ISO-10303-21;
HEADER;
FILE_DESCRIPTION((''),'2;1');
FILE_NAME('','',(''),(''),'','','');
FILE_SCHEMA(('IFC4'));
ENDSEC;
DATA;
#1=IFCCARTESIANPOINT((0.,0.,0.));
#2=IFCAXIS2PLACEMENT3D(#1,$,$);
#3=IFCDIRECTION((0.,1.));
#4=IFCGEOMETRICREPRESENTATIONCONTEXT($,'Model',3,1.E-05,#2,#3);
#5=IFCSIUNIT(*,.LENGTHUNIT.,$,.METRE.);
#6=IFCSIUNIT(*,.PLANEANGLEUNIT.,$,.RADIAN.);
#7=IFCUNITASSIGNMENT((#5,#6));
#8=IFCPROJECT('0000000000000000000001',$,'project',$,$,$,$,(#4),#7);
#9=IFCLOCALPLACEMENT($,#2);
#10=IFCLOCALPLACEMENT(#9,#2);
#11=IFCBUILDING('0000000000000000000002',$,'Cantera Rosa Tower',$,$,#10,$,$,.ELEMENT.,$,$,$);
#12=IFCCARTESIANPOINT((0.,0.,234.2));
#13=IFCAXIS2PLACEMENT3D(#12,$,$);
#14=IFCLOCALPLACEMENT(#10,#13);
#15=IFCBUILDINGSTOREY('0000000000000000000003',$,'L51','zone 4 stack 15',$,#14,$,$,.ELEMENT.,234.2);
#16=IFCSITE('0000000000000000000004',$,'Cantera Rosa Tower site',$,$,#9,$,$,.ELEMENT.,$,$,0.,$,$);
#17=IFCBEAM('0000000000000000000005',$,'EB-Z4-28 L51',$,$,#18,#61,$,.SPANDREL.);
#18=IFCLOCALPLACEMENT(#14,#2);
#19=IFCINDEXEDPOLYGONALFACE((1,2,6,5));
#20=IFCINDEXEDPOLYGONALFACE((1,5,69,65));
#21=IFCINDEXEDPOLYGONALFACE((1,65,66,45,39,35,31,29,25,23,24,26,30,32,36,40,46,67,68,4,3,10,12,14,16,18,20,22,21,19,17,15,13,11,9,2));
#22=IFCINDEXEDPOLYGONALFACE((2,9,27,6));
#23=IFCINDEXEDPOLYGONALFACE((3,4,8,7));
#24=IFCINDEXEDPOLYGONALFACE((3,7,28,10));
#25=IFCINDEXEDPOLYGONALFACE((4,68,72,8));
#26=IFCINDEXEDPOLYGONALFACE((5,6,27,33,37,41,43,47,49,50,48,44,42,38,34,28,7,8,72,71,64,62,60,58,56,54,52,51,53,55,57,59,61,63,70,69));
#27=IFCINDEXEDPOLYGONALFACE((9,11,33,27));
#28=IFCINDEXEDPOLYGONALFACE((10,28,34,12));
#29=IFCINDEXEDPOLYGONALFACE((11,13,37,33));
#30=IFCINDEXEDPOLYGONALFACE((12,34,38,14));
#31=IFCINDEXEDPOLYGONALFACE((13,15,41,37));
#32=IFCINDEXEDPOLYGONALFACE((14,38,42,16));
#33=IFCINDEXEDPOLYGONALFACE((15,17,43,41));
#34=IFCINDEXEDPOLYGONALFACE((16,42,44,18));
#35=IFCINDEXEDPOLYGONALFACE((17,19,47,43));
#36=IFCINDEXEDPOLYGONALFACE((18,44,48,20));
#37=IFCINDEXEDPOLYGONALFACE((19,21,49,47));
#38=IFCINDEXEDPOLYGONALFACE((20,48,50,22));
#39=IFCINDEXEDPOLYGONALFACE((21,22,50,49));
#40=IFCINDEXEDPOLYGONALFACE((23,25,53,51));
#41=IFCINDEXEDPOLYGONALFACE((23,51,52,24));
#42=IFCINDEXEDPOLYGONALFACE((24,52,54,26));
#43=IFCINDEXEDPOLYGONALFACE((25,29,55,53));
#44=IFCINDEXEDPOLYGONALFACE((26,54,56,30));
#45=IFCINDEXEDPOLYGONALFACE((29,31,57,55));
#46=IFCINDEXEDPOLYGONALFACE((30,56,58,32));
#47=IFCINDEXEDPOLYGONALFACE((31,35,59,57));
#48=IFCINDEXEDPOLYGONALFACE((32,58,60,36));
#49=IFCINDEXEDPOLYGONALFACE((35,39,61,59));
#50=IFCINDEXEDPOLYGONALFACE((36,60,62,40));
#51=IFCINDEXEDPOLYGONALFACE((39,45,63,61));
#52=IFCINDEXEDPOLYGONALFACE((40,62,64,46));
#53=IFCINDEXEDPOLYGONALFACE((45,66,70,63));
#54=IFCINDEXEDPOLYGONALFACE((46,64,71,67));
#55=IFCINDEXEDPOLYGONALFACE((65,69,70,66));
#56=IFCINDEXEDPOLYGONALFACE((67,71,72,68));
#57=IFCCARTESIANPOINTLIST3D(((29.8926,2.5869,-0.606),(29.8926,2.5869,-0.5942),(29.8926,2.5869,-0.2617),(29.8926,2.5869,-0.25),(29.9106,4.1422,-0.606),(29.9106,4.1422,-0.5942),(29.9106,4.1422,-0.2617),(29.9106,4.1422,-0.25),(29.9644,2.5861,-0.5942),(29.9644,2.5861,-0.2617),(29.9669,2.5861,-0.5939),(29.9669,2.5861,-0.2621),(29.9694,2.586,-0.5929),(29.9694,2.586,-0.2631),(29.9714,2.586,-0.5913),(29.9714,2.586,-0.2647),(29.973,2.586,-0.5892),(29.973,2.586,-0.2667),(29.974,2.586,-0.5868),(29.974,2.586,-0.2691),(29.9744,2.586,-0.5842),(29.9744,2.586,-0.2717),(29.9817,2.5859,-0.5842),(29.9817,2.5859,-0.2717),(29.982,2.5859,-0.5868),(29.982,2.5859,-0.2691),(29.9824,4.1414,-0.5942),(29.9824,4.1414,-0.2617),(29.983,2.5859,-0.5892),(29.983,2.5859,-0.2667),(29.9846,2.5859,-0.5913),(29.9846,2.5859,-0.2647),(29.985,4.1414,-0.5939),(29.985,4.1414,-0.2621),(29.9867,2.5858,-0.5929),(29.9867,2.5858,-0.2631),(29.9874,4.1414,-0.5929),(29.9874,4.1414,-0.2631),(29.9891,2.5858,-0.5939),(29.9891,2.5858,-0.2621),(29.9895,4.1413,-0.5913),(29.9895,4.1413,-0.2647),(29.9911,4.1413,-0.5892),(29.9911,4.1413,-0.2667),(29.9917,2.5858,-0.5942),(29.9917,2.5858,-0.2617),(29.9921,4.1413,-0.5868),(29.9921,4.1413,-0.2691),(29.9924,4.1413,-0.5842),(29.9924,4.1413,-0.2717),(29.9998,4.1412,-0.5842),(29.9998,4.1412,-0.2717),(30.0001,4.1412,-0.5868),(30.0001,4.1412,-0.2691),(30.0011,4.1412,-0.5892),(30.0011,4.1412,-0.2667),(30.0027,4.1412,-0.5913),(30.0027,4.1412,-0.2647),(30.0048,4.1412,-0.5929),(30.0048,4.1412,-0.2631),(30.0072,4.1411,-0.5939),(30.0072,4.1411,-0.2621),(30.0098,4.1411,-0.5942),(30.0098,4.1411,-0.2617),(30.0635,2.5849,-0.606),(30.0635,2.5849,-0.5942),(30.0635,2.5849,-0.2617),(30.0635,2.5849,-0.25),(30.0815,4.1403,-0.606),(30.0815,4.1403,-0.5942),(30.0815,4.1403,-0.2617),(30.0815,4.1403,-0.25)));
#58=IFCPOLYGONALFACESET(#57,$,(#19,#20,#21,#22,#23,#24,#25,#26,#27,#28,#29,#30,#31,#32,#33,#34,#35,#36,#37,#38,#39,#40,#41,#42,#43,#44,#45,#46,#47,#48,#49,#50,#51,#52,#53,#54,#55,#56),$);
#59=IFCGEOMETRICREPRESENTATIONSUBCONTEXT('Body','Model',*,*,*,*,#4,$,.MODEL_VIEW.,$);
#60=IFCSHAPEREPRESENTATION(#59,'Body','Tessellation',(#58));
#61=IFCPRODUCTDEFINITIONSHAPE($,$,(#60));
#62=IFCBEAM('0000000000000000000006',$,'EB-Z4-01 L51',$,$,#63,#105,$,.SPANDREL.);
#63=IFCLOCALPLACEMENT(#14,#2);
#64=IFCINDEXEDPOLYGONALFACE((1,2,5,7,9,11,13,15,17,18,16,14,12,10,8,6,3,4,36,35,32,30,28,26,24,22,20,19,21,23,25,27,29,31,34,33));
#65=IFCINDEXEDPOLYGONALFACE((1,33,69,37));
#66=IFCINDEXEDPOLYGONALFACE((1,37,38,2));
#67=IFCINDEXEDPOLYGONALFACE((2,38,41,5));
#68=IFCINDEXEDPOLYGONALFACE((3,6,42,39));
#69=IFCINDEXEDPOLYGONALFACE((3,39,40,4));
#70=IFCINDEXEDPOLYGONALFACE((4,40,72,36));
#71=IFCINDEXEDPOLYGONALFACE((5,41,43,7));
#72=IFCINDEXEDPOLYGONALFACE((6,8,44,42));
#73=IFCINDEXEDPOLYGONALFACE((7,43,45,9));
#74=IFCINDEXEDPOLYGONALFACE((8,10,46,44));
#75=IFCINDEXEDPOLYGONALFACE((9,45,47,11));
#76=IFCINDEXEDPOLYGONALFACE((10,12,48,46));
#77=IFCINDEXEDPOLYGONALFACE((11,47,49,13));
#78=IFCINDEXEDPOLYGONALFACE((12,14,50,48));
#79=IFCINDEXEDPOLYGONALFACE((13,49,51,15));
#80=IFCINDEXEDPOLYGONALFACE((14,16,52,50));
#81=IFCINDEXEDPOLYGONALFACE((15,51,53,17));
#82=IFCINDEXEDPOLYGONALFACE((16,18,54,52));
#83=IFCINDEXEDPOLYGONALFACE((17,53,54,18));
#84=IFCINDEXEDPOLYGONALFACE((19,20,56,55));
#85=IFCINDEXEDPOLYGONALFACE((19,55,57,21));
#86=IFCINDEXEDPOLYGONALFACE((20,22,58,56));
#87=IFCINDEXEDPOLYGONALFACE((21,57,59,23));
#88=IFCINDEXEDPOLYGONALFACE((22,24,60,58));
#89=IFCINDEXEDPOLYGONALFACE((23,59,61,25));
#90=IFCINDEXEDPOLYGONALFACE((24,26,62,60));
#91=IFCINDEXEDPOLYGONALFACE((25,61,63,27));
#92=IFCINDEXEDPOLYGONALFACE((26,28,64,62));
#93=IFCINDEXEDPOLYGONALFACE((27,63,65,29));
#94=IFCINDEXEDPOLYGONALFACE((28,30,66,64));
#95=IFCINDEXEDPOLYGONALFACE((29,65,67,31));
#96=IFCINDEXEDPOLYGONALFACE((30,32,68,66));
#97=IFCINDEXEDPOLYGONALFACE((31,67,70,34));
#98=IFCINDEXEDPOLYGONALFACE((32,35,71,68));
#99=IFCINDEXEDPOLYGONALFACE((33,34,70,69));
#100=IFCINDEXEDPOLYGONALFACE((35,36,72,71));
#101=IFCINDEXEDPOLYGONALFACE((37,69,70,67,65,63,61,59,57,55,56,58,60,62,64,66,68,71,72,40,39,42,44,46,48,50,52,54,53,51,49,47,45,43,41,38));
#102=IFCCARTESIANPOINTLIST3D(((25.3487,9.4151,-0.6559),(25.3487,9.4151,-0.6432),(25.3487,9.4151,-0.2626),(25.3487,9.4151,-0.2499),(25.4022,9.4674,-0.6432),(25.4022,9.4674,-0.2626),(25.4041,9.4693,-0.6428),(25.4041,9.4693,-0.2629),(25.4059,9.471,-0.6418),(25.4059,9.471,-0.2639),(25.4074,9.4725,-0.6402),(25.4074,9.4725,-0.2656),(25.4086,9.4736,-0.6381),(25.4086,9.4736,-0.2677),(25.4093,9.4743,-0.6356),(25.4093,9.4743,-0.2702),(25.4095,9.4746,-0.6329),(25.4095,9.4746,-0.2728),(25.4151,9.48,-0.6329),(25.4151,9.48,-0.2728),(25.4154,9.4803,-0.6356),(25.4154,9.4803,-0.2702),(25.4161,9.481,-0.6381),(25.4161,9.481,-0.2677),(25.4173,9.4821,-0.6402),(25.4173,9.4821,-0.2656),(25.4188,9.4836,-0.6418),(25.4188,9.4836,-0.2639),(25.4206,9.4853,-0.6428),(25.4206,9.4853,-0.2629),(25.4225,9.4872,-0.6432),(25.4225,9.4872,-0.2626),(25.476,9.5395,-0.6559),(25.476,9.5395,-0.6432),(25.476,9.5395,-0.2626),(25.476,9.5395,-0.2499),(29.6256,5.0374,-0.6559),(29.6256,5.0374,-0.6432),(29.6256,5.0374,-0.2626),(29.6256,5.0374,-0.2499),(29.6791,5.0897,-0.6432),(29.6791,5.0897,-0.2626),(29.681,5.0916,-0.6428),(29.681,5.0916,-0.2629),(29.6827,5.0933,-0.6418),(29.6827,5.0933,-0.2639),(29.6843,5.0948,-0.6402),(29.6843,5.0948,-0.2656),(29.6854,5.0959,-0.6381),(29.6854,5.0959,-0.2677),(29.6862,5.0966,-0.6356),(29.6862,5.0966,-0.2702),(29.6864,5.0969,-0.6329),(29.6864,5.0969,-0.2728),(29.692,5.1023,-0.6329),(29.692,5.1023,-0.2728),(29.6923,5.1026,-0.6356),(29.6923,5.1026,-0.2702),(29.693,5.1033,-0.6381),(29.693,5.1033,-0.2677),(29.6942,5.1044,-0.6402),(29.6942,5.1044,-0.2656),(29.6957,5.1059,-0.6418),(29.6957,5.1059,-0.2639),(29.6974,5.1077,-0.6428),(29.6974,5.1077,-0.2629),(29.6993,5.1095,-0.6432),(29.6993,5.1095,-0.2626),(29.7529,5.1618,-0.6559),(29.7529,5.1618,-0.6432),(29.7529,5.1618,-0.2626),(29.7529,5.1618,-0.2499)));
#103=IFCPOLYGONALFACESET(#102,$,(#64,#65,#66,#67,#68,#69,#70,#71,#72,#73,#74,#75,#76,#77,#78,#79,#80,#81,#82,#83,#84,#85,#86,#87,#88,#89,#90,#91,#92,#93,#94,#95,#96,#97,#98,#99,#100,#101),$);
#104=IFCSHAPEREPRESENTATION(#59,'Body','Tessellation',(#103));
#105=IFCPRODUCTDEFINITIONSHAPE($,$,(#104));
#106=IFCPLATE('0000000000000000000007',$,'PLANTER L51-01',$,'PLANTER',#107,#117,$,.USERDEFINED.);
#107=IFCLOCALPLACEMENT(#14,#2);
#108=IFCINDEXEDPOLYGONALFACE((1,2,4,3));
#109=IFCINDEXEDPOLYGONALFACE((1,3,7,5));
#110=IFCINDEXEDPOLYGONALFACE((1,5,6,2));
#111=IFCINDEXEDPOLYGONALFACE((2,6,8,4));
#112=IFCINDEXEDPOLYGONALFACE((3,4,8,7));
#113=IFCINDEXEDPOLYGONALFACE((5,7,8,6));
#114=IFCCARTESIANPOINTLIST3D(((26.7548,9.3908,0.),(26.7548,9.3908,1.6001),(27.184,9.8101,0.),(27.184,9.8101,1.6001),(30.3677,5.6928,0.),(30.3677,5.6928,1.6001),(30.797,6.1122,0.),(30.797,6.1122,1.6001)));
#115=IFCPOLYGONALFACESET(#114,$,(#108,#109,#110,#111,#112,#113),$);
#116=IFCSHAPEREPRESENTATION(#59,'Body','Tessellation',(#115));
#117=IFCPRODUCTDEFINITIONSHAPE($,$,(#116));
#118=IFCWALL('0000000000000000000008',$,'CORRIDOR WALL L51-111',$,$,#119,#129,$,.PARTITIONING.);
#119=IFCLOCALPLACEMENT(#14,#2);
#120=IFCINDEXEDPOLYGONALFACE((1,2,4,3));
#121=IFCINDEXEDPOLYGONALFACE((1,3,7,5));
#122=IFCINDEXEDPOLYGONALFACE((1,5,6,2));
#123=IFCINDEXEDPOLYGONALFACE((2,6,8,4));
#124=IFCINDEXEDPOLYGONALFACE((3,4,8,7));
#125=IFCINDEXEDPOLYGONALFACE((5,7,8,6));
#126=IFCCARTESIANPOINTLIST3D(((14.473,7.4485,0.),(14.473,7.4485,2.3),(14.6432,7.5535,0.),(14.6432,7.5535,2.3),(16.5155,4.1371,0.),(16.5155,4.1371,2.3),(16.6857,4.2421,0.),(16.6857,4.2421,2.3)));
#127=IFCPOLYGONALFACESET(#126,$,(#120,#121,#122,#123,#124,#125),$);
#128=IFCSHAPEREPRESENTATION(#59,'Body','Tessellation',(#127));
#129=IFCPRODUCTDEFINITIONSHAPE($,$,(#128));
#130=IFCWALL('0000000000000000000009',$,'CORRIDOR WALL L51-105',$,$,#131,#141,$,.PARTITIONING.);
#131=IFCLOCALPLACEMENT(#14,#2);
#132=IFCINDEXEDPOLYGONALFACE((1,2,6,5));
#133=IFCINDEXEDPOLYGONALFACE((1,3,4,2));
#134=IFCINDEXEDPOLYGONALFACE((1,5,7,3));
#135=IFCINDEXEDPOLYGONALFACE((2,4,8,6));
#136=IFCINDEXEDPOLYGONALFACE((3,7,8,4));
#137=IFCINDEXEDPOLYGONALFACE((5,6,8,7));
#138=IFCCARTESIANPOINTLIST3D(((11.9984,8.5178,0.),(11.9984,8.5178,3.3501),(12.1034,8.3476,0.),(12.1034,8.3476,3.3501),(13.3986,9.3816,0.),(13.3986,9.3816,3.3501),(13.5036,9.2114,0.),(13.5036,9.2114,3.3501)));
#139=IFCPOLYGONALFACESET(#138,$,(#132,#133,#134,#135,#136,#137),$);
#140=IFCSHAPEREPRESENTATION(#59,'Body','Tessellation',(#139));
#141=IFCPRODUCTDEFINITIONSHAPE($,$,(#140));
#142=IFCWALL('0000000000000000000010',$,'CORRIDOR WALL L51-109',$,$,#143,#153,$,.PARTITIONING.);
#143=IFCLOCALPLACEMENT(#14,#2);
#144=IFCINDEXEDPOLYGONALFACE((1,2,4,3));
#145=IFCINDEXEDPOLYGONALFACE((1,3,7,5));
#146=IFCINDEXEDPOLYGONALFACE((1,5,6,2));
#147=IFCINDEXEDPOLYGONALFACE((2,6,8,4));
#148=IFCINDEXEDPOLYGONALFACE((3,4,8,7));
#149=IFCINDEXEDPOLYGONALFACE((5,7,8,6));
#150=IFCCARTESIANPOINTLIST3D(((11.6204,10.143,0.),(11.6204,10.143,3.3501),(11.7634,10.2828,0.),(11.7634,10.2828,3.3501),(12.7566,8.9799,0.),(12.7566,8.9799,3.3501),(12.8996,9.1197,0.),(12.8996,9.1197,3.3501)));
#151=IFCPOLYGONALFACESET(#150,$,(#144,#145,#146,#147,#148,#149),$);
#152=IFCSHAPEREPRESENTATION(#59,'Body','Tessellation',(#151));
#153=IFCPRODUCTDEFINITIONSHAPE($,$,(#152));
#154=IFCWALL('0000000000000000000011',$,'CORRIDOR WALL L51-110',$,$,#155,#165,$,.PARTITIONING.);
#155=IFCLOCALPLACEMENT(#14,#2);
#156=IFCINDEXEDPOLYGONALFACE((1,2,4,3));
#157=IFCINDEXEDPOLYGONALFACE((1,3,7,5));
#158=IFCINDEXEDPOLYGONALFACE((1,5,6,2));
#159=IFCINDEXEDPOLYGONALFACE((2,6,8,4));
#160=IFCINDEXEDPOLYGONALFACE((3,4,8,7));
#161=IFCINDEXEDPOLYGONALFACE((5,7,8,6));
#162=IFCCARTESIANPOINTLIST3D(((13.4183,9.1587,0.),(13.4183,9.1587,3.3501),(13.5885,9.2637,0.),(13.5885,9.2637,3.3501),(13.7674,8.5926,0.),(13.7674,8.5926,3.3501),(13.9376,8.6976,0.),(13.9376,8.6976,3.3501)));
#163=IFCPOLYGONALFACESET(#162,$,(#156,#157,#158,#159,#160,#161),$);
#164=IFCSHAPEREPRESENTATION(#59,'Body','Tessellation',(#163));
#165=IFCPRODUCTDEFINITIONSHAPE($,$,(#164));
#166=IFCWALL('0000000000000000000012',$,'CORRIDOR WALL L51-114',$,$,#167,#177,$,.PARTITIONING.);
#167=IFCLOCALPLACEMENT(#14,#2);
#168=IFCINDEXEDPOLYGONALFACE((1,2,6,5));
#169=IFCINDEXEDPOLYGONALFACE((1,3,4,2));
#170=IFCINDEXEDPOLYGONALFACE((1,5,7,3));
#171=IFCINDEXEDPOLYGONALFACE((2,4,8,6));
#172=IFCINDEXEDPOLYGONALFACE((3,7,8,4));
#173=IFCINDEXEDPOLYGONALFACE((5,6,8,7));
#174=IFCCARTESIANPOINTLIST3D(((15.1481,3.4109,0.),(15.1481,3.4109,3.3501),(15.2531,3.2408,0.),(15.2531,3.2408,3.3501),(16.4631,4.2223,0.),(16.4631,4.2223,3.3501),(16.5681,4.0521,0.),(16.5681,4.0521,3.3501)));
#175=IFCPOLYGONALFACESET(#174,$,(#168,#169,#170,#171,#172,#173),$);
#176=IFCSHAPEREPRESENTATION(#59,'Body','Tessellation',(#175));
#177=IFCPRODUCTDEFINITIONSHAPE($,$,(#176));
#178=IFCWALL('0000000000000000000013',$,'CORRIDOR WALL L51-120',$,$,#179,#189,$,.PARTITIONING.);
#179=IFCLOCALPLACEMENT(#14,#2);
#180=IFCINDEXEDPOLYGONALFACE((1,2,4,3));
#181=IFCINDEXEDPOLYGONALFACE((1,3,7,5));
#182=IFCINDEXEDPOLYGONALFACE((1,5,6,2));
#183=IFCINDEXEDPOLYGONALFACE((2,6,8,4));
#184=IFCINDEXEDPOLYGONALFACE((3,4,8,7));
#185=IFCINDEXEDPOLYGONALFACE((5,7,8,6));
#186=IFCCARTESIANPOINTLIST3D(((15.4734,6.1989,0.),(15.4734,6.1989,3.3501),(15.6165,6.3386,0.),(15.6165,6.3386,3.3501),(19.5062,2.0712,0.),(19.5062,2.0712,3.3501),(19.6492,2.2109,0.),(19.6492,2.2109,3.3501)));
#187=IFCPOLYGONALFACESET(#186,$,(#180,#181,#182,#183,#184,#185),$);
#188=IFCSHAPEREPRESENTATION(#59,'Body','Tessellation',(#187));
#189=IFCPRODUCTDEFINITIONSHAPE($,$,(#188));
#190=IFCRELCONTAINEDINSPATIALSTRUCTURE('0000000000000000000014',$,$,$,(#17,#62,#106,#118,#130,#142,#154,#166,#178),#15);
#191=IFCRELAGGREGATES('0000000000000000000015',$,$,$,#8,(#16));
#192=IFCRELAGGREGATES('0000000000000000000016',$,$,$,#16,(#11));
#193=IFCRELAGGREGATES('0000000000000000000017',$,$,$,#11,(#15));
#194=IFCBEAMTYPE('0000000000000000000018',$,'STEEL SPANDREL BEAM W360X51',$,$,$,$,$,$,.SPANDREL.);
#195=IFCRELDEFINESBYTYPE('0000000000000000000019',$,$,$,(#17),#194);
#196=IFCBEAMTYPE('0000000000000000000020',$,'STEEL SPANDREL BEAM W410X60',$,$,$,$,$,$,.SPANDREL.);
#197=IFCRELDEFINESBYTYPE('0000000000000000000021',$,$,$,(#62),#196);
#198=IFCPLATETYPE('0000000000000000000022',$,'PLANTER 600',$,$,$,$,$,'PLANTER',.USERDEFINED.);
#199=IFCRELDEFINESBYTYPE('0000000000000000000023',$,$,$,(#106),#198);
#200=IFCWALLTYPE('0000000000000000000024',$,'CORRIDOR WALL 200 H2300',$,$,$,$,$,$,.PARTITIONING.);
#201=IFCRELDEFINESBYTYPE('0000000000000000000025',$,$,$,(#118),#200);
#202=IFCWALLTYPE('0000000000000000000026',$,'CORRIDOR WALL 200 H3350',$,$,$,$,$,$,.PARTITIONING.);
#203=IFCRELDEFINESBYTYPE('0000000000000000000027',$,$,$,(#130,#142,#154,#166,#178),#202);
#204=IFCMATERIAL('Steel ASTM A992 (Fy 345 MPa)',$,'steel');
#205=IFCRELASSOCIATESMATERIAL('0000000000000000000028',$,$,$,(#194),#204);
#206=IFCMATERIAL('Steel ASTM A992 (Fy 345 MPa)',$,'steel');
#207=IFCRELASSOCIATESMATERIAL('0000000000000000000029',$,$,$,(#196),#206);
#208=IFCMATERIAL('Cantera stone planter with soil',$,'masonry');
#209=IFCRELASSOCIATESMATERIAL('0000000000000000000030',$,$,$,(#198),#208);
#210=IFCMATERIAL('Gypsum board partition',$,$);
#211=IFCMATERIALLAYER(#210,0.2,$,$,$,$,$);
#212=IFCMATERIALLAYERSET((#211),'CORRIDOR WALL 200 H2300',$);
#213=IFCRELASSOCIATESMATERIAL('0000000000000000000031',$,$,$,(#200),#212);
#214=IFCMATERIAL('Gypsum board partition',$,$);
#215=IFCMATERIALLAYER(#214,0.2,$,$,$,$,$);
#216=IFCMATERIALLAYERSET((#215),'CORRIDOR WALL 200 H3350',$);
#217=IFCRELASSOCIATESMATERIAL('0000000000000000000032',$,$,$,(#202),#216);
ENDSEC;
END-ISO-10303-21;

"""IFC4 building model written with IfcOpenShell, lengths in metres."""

from ifc_helpers import new_model, si_unit, direction, frame, frame_2d, origin, origin_2d, place, context, subcontext, project, spatial, rectangle, i_section, extrude, material, layer, layer_set, material_profile, profile_set, type_object, element, save


model = new_model("IFC4")

# Units and contexts
model_context = context("Model", 3, precision=1e-05, world=origin(), true_north=direction((0.0, 1.0)))
body_context = subcontext(model_context, "Body", "Model", "MODEL_VIEW")
ifc_project = project(units=[si_unit("LENGTHUNIT", "METRE"), si_unit("PLANEANGLEUNIT", "RADIAN")], contexts=[model_context])

# Site, building, storey
site_placement = place(None, origin())
site = spatial("IfcSite", under=ifc_project, at=site_placement, Name="Cantera Rosa Tower site", CompositionType="ELEMENT", RefElevation=0.0)
building_placement = place(site_placement, origin())
building = spatial("IfcBuilding", under=site, at=building_placement, Name="Cantera Rosa Tower", CompositionType="ELEMENT")
storey_placement = place(building_placement, frame((0.0, 0.0, 234.2)))
storey = spatial("IfcBuildingStorey", under=building, at=storey_placement, Name="L51", Description="zone 4 stack 15", CompositionType="ELEMENT", Elevation=234.2)

# Beams
ifc_material_1 = material(Name="Steel ASTM A992 (Fy 345 MPa)", Category="steel")
ifc_material_profile_1 = material_profile(ifc_material_1, i_section(OverallWidth=0.1709, OverallDepth=0.356, WebThickness=0.0073, FlangeThickness=0.0117, FilletRadius=0.01, at=origin_2d()), Name="W360X51")
ifc_profile_set_1 = profile_set([ifc_material_profile_1], Name="Steel ASTM A992 (Fy 345 MPa)")
beam_type_1 = type_object("IfcBeamType", Name="STEEL SPANDREL BEAM W360X51", PredefinedType="SPANDREL", material=ifc_profile_set_1)
beam_1_placement = place(storey_placement, frame((29.978, 2.5859, -0.428), z_axis=(0.011614, 0.999933, 0.0), x_axis=(-0.999933, 0.011614, 0.0)))
element("IfcBeam", 1, at=beam_1_placement, inside=storey, type_object=beam_type_1, Name="EB-Z4-28 L51", PredefinedType="SPANDREL", context=body_context, shape_type="SweptSolid", body=[
    extrude(i_section(OverallWidth=0.1709, OverallDepth=0.356, WebThickness=0.0073, FlangeThickness=0.0117, FilletRadius=0.01, at=origin_2d()), origin(), (0.0, 0.0, 1.0), 1.5554),
])
ifc_material_2 = material(Name="Steel ASTM A992 (Fy 345 MPa)", Category="steel")
ifc_material_profile_2 = material_profile(ifc_material_2, i_section(OverallWidth=0.178, OverallDepth=0.406, WebThickness=0.0078, FlangeThickness=0.0127, FilletRadius=0.0103, at=origin_2d()), Name="W410X60")
ifc_profile_set_2 = profile_set([ifc_material_profile_2], Name="Steel ASTM A992 (Fy 345 MPa)")
beam_type_2 = type_object("IfcBeamType", Name="STEEL SPANDREL BEAM W410X60", PredefinedType="SPANDREL", material=ifc_profile_set_2)
beam_2_placement = place(storey_placement, frame((29.6892, 5.0996, -0.4529), z_axis=(-0.698821, 0.715296, 0.0), x_axis=(-0.715296, -0.698821, 0.0)))
element("IfcBeam", 2, at=beam_2_placement, inside=storey, type_object=beam_type_2, Name="EB-Z4-01 L51", PredefinedType="SPANDREL", context=body_context, shape_type="SweptSolid", body=[
    extrude(i_section(OverallWidth=0.178, OverallDepth=0.406, WebThickness=0.0078, FlangeThickness=0.0127, FilletRadius=0.0103, at=origin_2d()), origin(), (0.0, 0.0, 1.0), 6.1201),
])

# Plate
ifc_material_3 = material(Name="Cantera stone planter with soil", Category="masonry")
plate_type = type_object("IfcPlateType", Name="PLANTER 600", ElementType="PLANTER", PredefinedType="USERDEFINED", material=ifc_material_3)
plate_placement = place(storey_placement, frame((28.7759, 7.7515, 0.0), z_axis=(0.0, 0.0, 1.0), x_axis=(-0.698832, 0.715286, 0.0)))
element("IfcPlate", 3, at=plate_placement, inside=storey, type_object=plate_type, Name="PLANTER L51-01", ObjectType="PLANTER", PredefinedType="USERDEFINED", context=body_context, shape_type="SweptSolid", body=[
    extrude(rectangle(XDim=5.1699, YDim=0.6001, at=origin_2d()), origin(), (0.0, 0.0, 1.0), 1.6001),
])

# Walls
ifc_material_4 = material(Name="Gypsum board partition")
ifc_layer_1 = layer(ifc_material_4, 0.2)
ifc_layer_set_1 = layer_set([ifc_layer_1], Name="CORRIDOR WALL 200 H2300")
wall_type_1 = type_object("IfcWallType", Name="CORRIDOR WALL 200 H2300", PredefinedType="PARTITIONING", material=ifc_layer_set_1)
wall_1_placement = place(storey_placement, frame((14.5581, 7.501, 0.0), z_axis=(0.0, 0.0, 1.0), x_axis=(0.524986, -0.851111, 0.0)))
element("IfcWall", 4, at=wall_1_placement, inside=storey, type_object=wall_type_1, Name="CORRIDOR WALL L51-111", PredefinedType="PARTITIONING", context=body_context, shape_type="SweptSolid", body=[
    extrude(rectangle(XDim=3.8906, YDim=0.2, at=frame_2d((1.9453, 0.0))), origin(), (0.0, 0.0, 1.0), 2.3),
])
ifc_material_5 = material(Name="Gypsum board partition")
ifc_layer_2 = layer(ifc_material_5, 0.2)
ifc_layer_set_2 = layer_set([ifc_layer_2], Name="CORRIDOR WALL 200 H3350")
wall_type_2 = type_object("IfcWallType", Name="CORRIDOR WALL 200 H3350", PredefinedType="PARTITIONING", material=ifc_layer_set_2)
wall_2_placement = place(storey_placement, frame((12.0508, 8.4326, 0.0), z_axis=(0.0, 0.0, 1.0), x_axis=(0.851077, 0.525041, 0.0)))
element("IfcWall", 5, at=wall_2_placement, inside=storey, type_object=wall_type_2, Name="CORRIDOR WALL L51-105", PredefinedType="PARTITIONING", context=body_context, shape_type="SweptSolid", body=[
    extrude(rectangle(XDim=1.6453, YDim=0.2, at=frame_2d((0.8228, 0.0))), origin(), (0.0, 0.0, 1.0), 3.3501),
])
wall_3_placement = place(storey_placement, frame((12.8281, 9.0498, 0.0), z_axis=(0.0, 0.0, 1.0), x_axis=(-0.6988, 0.715317, 0.0)))
element("IfcWall", 6, at=wall_3_placement, inside=storey, type_object=wall_type_2, Name="CORRIDOR WALL L51-109", PredefinedType="PARTITIONING", context=body_context, shape_type="SweptSolid", body=[
    extrude(rectangle(XDim=1.626, YDim=0.2, at=frame_2d((0.813, 0.0))), origin(), (0.0, 0.0, 1.0), 3.3501),
])
wall_4_placement = place(storey_placement, frame((13.5034, 9.2112, 0.0), z_axis=(0.0, 0.0, 1.0), x_axis=(0.524875, -0.851179, 0.0)))
element("IfcWall", 7, at=wall_4_placement, inside=storey, type_object=wall_type_2, Name="CORRIDOR WALL L51-110", PredefinedType="PARTITIONING", context=body_context, shape_type="SweptSolid", body=[
    extrude(rectangle(XDim=0.665, YDim=0.2, at=frame_2d((0.3325, 0.0))), origin(), (0.0, 0.0, 1.0), 3.3501),
])
wall_5_placement = place(storey_placement, frame((15.2007, 3.3259, 0.0), z_axis=(0.0, 0.0, 1.0), x_axis=(0.851056, 0.525076, 0.0)))
element("IfcWall", 8, at=wall_5_placement, inside=storey, type_object=wall_type_2, Name="CORRIDOR WALL L51-114", PredefinedType="PARTITIONING", context=body_context, shape_type="SweptSolid", body=[
    extrude(rectangle(XDim=1.5452, YDim=0.2, at=frame_2d((0.7725, 0.0))), origin(), (0.0, 0.0, 1.0), 3.3501),
])
wall_6_placement = place(storey_placement, frame((19.5776, 2.1411, 0.0), z_axis=(0.0, 0.0, 1.0), x_axis=(-0.69883, 0.715288, 0.0)))
element("IfcWall", 9, at=wall_6_placement, inside=storey, type_object=wall_type_2, Name="CORRIDOR WALL L51-120", PredefinedType="PARTITIONING", context=body_context, shape_type="SweptSolid", body=[
    extrude(rectangle(XDim=5.7708, YDim=0.2, at=frame_2d((2.8853, 0.0))), origin(), (0.0, 0.0, 1.0), 3.3501),
])

save(model, "model.ifc")
